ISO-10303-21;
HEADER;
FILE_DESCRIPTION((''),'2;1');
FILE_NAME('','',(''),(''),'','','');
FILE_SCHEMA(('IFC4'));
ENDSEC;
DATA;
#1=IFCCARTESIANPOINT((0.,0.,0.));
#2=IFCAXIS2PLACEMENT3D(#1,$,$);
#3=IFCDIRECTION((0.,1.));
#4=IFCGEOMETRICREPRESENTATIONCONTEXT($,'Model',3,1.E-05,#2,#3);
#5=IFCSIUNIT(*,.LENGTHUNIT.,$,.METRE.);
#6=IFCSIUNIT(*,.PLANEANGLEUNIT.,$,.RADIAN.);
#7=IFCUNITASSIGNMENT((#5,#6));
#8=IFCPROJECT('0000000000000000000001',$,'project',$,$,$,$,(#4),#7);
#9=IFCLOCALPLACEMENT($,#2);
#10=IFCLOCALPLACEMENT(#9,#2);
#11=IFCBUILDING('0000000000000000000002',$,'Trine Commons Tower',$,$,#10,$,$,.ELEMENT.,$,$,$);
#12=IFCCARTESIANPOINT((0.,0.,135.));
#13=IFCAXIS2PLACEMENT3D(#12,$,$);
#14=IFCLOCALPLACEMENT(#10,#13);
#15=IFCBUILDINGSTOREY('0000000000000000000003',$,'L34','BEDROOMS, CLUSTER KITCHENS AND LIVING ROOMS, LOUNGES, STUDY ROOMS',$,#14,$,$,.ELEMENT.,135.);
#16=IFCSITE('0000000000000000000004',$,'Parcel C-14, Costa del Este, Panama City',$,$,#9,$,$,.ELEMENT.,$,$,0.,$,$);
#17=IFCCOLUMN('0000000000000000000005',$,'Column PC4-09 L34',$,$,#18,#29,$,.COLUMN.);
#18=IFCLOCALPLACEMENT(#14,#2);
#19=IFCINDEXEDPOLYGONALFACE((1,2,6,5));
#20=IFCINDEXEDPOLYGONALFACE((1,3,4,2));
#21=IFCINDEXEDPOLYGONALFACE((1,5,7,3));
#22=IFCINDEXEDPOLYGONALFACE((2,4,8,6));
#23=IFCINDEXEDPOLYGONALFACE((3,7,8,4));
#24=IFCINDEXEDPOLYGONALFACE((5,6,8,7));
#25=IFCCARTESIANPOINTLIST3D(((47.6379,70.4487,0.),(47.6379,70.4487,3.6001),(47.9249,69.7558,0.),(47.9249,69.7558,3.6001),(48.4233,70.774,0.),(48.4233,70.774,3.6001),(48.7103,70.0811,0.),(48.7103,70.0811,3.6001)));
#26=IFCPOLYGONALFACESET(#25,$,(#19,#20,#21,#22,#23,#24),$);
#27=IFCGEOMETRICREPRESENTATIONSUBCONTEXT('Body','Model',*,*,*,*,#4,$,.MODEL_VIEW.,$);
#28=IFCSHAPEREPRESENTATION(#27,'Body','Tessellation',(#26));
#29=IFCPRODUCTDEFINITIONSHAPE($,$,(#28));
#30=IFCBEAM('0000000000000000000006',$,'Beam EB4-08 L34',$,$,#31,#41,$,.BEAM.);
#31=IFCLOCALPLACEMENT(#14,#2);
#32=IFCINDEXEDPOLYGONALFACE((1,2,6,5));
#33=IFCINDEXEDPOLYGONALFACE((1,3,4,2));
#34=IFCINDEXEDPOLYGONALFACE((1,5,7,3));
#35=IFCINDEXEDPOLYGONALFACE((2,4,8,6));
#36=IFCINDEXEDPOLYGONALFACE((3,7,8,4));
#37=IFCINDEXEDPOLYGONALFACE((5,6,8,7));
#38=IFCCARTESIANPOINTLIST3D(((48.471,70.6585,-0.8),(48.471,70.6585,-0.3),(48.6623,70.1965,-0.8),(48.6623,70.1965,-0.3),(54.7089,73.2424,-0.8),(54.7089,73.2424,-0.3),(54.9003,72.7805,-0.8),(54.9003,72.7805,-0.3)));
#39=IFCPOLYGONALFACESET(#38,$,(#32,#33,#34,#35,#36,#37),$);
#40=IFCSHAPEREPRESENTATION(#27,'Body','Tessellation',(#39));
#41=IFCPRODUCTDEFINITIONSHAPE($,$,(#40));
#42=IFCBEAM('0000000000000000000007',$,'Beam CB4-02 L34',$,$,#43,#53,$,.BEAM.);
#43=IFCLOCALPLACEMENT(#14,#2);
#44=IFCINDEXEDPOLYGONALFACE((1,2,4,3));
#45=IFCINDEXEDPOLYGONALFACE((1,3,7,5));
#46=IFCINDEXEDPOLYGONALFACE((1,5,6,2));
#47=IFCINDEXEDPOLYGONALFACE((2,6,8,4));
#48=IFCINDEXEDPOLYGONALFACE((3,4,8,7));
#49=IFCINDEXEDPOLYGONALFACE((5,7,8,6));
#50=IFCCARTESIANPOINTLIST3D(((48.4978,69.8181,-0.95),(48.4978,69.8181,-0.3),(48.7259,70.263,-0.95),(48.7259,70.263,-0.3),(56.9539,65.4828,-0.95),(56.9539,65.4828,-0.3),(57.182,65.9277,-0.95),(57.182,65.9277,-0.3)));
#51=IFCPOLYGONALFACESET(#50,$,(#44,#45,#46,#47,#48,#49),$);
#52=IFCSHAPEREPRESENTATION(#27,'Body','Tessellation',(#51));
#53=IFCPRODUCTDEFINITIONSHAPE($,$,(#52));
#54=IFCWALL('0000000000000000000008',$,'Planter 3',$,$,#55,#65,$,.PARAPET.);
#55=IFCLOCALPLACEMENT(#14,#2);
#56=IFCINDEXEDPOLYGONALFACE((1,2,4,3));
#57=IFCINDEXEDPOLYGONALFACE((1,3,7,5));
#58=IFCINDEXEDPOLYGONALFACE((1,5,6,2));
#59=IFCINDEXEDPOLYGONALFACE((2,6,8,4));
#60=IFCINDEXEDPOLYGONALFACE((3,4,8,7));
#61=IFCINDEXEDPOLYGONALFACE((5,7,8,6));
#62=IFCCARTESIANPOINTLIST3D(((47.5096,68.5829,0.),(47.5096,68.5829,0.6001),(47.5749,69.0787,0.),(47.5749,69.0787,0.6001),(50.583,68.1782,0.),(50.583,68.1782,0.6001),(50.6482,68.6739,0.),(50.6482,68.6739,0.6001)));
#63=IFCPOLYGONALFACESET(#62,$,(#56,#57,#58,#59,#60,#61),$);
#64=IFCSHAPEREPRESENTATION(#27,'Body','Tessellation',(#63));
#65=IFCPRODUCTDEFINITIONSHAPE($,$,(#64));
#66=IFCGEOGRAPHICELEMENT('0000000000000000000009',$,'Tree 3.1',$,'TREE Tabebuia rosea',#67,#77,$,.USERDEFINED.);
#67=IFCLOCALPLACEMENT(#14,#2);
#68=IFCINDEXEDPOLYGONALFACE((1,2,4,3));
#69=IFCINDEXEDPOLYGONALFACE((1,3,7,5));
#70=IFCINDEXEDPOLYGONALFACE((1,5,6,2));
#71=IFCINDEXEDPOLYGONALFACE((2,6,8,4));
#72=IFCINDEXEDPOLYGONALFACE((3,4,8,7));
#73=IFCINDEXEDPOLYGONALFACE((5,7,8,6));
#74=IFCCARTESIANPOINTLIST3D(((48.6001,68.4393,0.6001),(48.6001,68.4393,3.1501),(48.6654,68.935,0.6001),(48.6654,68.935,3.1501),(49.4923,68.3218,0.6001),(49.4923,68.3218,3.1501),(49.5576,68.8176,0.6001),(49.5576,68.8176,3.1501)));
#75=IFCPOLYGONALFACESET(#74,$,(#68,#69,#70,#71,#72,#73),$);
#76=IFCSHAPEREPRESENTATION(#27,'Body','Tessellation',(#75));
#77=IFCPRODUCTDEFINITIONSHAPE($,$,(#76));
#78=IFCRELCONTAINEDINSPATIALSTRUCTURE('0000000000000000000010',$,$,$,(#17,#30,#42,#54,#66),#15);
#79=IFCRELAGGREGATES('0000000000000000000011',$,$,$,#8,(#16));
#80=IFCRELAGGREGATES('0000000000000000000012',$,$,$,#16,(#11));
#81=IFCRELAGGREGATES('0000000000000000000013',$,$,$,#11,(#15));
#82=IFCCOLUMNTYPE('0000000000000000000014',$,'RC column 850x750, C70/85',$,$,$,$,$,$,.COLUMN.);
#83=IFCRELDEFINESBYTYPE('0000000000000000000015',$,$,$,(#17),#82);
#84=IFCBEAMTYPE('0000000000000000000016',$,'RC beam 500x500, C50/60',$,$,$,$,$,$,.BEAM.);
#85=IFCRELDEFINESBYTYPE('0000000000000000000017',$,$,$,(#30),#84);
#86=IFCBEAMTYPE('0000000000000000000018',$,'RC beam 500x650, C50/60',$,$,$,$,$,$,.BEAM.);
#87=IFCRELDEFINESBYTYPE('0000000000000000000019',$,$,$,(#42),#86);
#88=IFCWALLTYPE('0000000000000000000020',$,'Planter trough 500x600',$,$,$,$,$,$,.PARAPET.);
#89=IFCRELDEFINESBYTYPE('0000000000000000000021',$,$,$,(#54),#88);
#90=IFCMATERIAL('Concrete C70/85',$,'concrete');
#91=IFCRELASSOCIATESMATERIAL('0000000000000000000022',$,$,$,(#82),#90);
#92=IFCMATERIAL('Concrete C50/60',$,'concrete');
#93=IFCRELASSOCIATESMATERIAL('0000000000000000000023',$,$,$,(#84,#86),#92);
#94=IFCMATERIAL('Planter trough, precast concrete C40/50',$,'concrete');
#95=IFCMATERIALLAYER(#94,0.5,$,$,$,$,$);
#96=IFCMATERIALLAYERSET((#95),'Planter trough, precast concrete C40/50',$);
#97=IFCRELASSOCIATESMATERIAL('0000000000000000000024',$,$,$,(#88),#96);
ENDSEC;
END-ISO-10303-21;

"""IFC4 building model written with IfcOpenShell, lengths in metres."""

from ifc_helpers import new_model, si_unit, direction, frame, frame_2d, origin, origin_2d, place, context, subcontext, project, spatial, rectangle, extrude, material, layer, layer_set, material_profile, profile_set, type_object, element, save


model = new_model("IFC4")

# Units and contexts
model_context = context("Model", 3, precision=1e-05, world=origin(), true_north=direction((0.0, 1.0)))
body_context = subcontext(model_context, "Body", "Model", "MODEL_VIEW")
ifc_project = project(units=[si_unit("LENGTHUNIT", "METRE"), si_unit("PLANEANGLEUNIT", "RADIAN")], contexts=[model_context])

# Site, building, storey
site_placement = place(None, origin())
site = spatial("IfcSite", under=ifc_project, at=site_placement, Name="Parcel C-14, Costa del Este, Panama City", CompositionType="ELEMENT", RefElevation=0.0)
building_placement = place(site_placement, origin())
building = spatial("IfcBuilding", under=site, at=building_placement, Name="Trine Commons Tower", CompositionType="ELEMENT")
storey_placement = place(building_placement, frame((0.0, 0.0, 135.0)))
storey = spatial("IfcBuildingStorey", under=building, at=storey_placement, Name="L34", Description="BEDROOMS, CLUSTER KITCHENS AND LIVING ROOMS, LOUNGES, STUDY ROOMS", CompositionType="ELEMENT", Elevation=135.0)

# Column
ifc_material_1 = material(Name="Concrete C70/85", Category="concrete")
ifc_material_profile_1 = material_profile(ifc_material_1, rectangle(XDim=0.8501, YDim=0.75, at=origin_2d()), Name="RC 850x750")
ifc_profile_set_1 = profile_set([ifc_material_profile_1], Name="Concrete C70/85")
column_type = type_object("IfcColumnType", Name="RC column 850x750, C70/85", PredefinedType="COLUMN", material=ifc_profile_set_1)
column_placement = place(storey_placement, frame((48.1741, 70.2649, 0.0), z_axis=(0.0, 0.0, 1.0), x_axis=(0.92388, 0.382683, 0.0)))
element("IfcColumn", 1, at=column_placement, inside=storey, type_object=column_type, Name="Column PC4-09 L34", PredefinedType="COLUMN", context=body_context, shape_type="SweptSolid", body=[
    extrude(rectangle(XDim=0.8501, YDim=0.75, at=origin_2d()), origin(), (0.0, 0.0, 1.0), 3.6001),
])

# Beams
ifc_material_2 = material(Name="Concrete C50/60", Category="concrete")
ifc_material_profile_2 = material_profile(ifc_material_2, rectangle(XDim=0.5, YDim=0.5, at=origin_2d()), Name="RC 500x500")
ifc_profile_set_2 = profile_set([ifc_material_profile_2], Name="Concrete C50/60")
beam_type_1 = type_object("IfcBeamType", Name="RC beam 500x500, C50/60", PredefinedType="BEAM", material=ifc_profile_set_2)
beam_1_placement = place(storey_placement, frame((48.5667, 70.4275, -0.55), z_axis=(0.923874, 0.382697, 0.0), x_axis=(-0.382697, 0.923874, 0.0)))
element("IfcBeam", 2, at=beam_1_placement, inside=storey, type_object=beam_type_1, Name="Beam EB4-08 L34", PredefinedType="BEAM", context=body_context, shape_type="SweptSolid", body=[
    extrude(rectangle(XDim=0.5, YDim=0.5, at=origin_2d()), origin(), (0.0, 0.0, 1.0), 6.752),
])
ifc_material_profile_3 = material_profile(ifc_material_2, rectangle(XDim=0.5, YDim=0.6499, at=origin_2d()), Name="RC 500x650")
ifc_profile_set_3 = profile_set([ifc_material_profile_3], Name="Concrete C50/60")
beam_type_2 = type_object("IfcBeamType", Name="RC beam 500x650, C50/60", PredefinedType="BEAM", material=ifc_profile_set_3)
beam_2_placement = place(storey_placement, frame((48.6118, 70.0405, -0.625), z_axis=(0.88987, -0.456214, 0.0), x_axis=(0.456214, 0.88987, 0.0)))
element("IfcBeam", 3, at=beam_2_placement, inside=storey, type_object=beam_type_2, Name="Beam CB4-02 L34", PredefinedType="BEAM", context=body_context, shape_type="SweptSolid", body=[
    extrude(rectangle(XDim=0.5, YDim=0.6499, at=origin_2d()), origin(), (0.0, 0.0, 1.0), 9.5027),
])

# Wall
ifc_material_3 = material(Name="Planter trough, precast concrete C40/50", Category="concrete")
ifc_layer_1 = layer(ifc_material_3, 0.5)
ifc_layer_set_1 = layer_set([ifc_layer_1], Name="Planter trough, precast concrete C40/50")
wall_type_1 = type_object("IfcWallType", Name="Planter trough 500x600", PredefinedType="PARAPET", material=ifc_layer_set_1)
wall_1_placement = place(storey_placement, frame((50.6155, 68.426, 0.0), z_axis=(0.0, 0.0, 1.0), x_axis=(-0.991437, 0.130585, 0.0)))
element("IfcWall", 4, at=wall_1_placement, inside=storey, type_object=wall_type_1, Name="Planter 3", PredefinedType="PARAPET", context=body_context, shape_type="SweptSolid", body=[
    extrude(rectangle(XDim=3.0999, YDim=0.5, at=frame_2d((1.5498, 0.0))), origin(), (0.0, 0.0, 1.0), 0.6001),
])

# Geographic element
geographic_element_placement = place(storey_placement, frame((49.0789, 68.6284, 0.6001), z_axis=(0.0, 0.0, 1.0), x_axis=(-0.991446, 0.130518, 0.0)))
element("IfcGeographicElement", 5, at=geographic_element_placement, inside=storey, Name="Tree 3.1", ObjectType="TREE Tabebuia rosea", PredefinedType="USERDEFINED", context=body_context, shape_type="SweptSolid", body=[
    extrude(rectangle(XDim=0.8999, YDim=0.5, at=origin_2d()), origin(), (0.0, 0.0, 1.0), 2.55),
])

save(model, "model.ifc")
